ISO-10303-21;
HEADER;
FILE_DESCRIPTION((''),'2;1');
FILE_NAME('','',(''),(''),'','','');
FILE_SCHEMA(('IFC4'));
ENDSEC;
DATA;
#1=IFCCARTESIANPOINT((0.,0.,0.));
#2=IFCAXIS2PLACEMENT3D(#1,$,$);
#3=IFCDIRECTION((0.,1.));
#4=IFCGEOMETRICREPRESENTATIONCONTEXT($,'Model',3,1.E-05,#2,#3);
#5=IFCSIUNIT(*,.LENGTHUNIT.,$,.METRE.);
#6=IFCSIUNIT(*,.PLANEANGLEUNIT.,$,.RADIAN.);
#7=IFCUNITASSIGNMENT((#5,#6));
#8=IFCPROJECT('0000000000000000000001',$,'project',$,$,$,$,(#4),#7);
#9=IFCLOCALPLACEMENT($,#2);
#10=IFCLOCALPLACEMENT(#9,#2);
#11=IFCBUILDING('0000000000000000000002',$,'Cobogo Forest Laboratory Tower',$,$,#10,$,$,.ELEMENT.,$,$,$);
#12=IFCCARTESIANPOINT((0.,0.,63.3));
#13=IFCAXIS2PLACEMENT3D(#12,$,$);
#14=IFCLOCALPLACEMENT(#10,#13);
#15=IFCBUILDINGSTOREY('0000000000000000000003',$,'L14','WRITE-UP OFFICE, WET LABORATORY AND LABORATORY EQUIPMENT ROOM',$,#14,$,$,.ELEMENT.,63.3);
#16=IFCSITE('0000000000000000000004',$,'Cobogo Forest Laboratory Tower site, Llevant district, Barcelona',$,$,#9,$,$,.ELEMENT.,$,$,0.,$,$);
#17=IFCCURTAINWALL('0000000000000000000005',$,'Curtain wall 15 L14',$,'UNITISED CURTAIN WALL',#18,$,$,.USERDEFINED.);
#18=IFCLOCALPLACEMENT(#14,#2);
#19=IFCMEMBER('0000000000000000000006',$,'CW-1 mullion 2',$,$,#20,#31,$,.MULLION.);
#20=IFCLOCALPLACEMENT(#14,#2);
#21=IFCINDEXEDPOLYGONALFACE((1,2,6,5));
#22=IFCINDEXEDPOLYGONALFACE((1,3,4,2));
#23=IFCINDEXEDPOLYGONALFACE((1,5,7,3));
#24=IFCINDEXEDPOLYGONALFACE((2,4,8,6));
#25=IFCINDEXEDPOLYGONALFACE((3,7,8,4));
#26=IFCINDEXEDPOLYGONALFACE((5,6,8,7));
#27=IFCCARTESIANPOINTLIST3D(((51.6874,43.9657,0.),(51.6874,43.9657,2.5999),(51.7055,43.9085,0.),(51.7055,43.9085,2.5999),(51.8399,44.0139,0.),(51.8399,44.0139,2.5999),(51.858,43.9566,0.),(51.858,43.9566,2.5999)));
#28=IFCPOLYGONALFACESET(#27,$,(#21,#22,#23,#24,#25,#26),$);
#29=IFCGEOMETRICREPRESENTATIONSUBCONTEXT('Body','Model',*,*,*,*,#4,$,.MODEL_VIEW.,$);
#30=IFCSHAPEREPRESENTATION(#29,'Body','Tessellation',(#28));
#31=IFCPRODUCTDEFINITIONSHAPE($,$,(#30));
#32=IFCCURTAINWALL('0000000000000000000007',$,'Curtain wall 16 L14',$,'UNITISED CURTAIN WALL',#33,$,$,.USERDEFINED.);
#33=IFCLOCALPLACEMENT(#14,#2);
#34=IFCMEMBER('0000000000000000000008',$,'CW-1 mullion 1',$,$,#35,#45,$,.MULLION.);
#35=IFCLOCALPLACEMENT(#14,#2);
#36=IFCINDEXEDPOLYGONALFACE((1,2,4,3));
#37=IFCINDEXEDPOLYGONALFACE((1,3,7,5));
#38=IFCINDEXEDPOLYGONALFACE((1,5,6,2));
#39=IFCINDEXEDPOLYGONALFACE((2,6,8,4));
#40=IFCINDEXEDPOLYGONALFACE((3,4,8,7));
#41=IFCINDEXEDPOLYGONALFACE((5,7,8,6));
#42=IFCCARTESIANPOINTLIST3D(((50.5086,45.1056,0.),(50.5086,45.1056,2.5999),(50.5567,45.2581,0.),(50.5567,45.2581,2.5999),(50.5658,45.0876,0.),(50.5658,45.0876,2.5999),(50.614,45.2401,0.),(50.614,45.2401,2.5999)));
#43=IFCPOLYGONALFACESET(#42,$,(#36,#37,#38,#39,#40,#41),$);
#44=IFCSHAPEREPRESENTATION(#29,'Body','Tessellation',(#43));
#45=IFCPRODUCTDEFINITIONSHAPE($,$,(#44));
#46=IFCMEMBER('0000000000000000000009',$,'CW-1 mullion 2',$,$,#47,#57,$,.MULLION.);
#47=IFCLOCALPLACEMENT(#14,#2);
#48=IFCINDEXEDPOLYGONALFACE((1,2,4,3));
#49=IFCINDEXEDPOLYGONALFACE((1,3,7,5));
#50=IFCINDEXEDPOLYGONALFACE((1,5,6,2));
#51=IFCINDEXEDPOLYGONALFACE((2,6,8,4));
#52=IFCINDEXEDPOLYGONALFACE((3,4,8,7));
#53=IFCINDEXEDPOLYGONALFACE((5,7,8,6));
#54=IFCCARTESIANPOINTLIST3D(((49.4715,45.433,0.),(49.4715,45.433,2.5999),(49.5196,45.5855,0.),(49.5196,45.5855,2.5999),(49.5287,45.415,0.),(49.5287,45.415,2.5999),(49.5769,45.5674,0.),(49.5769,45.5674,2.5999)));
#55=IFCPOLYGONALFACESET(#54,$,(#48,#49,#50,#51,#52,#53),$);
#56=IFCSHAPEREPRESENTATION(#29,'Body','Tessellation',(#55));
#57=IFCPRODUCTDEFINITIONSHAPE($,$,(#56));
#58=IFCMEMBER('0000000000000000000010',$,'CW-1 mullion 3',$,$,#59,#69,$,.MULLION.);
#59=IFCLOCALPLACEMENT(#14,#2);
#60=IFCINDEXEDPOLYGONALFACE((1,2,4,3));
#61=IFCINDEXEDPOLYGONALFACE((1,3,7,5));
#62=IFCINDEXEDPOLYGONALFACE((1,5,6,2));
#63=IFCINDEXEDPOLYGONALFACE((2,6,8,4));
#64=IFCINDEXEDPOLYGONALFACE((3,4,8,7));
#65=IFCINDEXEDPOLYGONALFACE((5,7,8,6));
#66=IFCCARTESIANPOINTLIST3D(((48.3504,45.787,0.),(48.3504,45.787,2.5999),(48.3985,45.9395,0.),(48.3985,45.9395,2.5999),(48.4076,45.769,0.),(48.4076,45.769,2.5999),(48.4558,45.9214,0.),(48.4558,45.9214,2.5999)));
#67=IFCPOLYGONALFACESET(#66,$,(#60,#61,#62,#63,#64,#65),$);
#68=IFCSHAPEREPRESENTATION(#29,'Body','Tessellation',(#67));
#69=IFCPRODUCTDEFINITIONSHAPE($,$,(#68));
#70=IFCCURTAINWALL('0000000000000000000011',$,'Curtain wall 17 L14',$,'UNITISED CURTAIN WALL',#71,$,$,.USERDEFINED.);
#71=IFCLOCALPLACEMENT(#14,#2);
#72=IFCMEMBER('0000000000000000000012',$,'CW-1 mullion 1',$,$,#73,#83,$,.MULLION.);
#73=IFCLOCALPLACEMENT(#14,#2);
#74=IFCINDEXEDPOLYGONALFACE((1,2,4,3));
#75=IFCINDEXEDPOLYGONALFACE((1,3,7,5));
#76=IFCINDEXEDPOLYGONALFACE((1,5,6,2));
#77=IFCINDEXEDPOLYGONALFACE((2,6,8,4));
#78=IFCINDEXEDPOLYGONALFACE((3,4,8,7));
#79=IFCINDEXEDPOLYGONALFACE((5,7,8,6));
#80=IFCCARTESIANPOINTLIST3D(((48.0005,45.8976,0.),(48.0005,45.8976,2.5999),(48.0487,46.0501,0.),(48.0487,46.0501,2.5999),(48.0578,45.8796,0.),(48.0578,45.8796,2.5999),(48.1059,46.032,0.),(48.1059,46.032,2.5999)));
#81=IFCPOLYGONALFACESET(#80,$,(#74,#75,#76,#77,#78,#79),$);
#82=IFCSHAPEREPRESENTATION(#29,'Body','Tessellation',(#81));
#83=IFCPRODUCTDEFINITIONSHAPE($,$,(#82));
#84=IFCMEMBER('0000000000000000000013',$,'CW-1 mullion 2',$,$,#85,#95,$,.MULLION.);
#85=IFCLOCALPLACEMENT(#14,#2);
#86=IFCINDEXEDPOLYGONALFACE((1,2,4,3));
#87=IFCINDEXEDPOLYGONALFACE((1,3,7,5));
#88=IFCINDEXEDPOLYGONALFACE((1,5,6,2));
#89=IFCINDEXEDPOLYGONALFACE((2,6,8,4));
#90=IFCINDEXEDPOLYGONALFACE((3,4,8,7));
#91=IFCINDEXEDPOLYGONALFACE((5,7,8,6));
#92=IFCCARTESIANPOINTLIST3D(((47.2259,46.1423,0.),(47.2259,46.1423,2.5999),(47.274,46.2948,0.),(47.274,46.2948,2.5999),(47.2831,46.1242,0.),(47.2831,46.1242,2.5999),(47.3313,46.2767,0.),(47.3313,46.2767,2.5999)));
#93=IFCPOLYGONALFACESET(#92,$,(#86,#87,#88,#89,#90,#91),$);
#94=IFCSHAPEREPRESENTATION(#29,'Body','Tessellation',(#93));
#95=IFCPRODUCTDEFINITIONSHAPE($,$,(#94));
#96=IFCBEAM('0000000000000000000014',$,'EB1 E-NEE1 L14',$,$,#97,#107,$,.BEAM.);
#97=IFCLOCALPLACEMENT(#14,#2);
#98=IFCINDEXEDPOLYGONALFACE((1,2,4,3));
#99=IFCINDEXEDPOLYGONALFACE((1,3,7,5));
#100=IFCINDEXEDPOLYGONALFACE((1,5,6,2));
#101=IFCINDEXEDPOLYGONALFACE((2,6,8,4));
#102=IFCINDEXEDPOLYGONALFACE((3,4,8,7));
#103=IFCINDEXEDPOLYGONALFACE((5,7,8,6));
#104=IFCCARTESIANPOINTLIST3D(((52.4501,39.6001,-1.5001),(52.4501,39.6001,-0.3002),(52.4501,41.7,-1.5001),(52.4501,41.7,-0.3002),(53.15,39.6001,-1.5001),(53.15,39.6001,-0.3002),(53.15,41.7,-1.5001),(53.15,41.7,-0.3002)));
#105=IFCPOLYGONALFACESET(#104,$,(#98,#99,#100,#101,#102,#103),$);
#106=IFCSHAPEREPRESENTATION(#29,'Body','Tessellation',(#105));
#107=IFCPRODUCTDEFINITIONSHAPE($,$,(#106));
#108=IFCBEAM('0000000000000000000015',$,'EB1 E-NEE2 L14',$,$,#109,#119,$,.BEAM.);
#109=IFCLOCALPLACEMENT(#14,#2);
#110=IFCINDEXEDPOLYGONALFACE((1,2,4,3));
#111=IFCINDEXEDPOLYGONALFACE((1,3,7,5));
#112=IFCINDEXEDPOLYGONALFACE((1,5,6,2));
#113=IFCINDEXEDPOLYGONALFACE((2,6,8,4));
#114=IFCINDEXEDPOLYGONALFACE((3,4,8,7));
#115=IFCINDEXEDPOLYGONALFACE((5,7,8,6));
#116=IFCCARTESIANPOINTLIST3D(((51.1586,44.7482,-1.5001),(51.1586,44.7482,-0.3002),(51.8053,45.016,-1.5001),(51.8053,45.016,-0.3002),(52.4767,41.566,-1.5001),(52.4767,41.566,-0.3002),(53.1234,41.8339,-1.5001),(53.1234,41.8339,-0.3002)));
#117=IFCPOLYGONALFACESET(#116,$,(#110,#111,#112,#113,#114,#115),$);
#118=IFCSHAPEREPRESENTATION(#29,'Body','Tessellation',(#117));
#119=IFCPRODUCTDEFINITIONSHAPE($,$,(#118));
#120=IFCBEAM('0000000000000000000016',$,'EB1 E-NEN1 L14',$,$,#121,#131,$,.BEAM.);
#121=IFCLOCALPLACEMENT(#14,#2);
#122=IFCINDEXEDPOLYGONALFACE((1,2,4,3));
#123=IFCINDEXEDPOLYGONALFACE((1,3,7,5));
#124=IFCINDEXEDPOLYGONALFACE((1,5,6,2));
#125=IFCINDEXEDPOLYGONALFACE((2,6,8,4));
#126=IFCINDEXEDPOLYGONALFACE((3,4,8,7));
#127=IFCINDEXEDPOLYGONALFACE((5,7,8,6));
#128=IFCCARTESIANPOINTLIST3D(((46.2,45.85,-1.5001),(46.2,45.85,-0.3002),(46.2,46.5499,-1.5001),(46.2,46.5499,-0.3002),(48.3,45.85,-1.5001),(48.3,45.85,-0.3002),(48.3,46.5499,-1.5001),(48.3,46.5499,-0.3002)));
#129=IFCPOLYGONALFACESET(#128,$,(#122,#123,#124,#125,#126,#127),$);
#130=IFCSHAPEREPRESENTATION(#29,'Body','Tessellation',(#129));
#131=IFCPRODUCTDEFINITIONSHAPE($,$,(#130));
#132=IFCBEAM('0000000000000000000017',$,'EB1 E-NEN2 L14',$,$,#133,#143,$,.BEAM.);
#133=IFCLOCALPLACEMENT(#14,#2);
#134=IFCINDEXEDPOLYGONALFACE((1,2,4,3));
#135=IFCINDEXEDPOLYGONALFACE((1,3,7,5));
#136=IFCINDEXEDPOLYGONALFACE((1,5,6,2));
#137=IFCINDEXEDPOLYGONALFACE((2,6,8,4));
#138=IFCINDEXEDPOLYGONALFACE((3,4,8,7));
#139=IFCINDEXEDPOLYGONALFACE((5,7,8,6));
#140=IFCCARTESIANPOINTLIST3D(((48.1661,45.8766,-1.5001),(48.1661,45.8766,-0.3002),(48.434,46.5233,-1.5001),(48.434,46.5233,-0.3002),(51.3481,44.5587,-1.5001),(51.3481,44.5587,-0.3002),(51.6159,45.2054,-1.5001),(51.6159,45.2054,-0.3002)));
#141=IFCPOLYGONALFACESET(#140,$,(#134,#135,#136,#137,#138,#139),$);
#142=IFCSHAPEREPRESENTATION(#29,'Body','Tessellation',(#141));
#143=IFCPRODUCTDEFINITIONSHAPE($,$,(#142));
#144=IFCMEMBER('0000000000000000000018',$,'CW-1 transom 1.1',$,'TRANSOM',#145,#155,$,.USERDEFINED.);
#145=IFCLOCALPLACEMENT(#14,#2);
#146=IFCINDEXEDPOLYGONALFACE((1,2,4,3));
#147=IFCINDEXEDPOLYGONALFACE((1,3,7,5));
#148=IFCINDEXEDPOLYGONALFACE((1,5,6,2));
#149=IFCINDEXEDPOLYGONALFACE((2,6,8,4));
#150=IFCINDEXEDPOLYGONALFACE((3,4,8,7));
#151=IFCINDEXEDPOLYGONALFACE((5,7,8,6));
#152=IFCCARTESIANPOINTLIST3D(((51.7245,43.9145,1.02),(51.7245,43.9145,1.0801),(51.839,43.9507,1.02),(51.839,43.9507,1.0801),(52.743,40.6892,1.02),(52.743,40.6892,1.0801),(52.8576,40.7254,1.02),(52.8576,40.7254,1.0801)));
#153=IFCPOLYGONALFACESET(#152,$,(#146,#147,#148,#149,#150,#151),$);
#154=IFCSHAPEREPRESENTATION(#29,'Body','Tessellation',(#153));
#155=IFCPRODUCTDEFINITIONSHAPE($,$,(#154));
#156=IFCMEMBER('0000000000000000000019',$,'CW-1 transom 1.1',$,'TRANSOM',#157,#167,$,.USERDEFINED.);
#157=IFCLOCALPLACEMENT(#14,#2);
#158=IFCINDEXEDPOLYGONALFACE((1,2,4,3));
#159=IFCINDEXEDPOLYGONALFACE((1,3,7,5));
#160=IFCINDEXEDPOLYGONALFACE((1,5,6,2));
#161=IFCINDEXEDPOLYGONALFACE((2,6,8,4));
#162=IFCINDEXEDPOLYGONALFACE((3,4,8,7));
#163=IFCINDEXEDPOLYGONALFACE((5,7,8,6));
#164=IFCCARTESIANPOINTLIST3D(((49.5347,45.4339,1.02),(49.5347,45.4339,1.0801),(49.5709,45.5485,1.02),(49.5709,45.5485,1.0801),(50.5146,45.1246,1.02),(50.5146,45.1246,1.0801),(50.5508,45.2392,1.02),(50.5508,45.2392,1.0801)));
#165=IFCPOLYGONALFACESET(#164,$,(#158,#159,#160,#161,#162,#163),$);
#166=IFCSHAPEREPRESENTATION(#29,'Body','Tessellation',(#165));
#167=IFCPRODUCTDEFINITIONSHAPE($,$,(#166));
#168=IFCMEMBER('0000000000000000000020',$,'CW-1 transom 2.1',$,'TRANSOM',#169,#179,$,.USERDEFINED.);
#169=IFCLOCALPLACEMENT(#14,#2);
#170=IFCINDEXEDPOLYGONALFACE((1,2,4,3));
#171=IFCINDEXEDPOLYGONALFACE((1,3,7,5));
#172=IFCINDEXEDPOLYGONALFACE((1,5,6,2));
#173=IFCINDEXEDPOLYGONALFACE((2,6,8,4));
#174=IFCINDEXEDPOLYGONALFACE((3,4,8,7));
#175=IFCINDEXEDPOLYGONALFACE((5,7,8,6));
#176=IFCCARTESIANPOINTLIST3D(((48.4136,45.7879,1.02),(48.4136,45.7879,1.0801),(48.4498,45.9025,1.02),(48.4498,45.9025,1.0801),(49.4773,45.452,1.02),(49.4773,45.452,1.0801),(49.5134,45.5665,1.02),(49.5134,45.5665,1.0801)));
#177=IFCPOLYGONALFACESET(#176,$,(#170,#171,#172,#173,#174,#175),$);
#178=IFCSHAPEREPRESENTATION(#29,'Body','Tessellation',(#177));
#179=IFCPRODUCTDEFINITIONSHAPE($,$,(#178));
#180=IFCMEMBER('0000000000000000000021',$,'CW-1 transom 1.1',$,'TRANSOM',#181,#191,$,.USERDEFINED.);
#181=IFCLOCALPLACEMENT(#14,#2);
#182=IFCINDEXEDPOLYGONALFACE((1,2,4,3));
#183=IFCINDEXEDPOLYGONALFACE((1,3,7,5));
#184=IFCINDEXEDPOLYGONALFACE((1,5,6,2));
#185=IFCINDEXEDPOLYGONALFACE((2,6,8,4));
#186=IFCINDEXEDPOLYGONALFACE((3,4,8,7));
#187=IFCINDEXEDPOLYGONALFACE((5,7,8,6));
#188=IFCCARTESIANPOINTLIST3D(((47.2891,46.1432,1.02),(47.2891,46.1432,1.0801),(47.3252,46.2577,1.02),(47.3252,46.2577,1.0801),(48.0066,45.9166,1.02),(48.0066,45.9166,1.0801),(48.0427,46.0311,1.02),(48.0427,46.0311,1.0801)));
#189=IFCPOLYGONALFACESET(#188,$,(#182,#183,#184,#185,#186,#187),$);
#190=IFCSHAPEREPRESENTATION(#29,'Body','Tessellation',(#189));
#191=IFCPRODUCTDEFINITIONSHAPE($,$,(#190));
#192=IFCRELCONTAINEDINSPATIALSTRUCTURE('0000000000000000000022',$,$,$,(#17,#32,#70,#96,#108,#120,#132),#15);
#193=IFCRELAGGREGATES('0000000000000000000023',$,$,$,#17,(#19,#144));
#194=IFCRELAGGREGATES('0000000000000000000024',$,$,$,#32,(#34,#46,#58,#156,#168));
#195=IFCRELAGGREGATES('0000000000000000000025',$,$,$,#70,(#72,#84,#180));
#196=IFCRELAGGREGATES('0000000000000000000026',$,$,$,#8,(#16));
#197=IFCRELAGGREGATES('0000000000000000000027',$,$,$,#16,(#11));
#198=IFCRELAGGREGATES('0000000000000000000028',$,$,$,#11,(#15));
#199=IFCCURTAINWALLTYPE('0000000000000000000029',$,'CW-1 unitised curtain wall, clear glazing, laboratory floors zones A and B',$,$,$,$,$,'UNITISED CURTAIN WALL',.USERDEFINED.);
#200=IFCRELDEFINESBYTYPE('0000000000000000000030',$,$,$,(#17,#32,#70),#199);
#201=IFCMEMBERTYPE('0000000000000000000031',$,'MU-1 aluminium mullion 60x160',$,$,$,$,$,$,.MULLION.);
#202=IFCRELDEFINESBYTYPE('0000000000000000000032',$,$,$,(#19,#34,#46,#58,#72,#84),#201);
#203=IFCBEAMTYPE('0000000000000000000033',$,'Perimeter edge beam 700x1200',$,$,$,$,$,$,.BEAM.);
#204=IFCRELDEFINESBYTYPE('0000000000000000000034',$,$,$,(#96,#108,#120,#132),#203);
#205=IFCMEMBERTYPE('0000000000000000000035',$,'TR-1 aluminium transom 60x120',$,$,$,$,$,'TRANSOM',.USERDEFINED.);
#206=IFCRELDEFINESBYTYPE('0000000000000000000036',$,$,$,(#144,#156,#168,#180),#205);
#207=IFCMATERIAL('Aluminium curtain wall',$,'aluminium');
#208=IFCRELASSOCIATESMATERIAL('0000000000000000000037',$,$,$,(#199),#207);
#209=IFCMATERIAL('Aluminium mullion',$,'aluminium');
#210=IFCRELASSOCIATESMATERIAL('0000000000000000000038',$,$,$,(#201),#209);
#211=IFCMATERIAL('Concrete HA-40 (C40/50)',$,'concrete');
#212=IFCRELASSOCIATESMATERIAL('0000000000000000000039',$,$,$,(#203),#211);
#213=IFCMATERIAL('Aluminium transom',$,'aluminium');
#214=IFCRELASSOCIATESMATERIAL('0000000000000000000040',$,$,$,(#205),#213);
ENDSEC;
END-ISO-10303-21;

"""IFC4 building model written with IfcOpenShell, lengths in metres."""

from ifc_helpers import new_model, si_unit, direction, frame, origin, origin_2d, place, context, subcontext, project, spatial, rectangle, extrude, material, material_profile, profile_set, type_object, element, aggregate, save


model = new_model("IFC4")

# Units and contexts
model_context = context("Model", 3, precision=1e-05, world=origin(), true_north=direction((0.0, 1.0)))
body_context = subcontext(model_context, "Body", "Model", "MODEL_VIEW")
ifc_project = project(units=[si_unit("LENGTHUNIT", "METRE"), si_unit("PLANEANGLEUNIT", "RADIAN")], contexts=[model_context])

# Site, building, storey
site_placement = place(None, origin())
site = spatial("IfcSite", under=ifc_project, at=site_placement, Name="Cobogo Forest Laboratory Tower site, Llevant district, Barcelona", CompositionType="ELEMENT", RefElevation=0.0)
building_placement = place(site_placement, origin())
building = spatial("IfcBuilding", under=site, at=building_placement, Name="Cobogo Forest Laboratory Tower", CompositionType="ELEMENT")
storey_placement = place(building_placement, frame((0.0, 0.0, 63.3)))
storey = spatial("IfcBuildingStorey", under=building, at=storey_placement, Name="L14", Description="WRITE-UP OFFICE, WET LABORATORY AND LABORATORY EQUIPMENT ROOM", CompositionType="ELEMENT", Elevation=63.3)

# Shared definitions
ifc_material_1 = material(Name="Concrete HA-40 (C40/50)", Category="concrete")

# Curtain walls, members
ifc_material_2 = material(Name="Aluminium curtain wall", Category="aluminium")
curtain_wall_type = type_object("IfcCurtainWallType", Name="CW-1 unitised curtain wall, clear glazing, laboratory floors zones A and B", ElementType="UNITISED CURTAIN WALL", PredefinedType="USERDEFINED", material=ifc_material_2)
curtain_wall_1_placement = place(storey_placement, origin())
curtain_wall_1 = element("IfcCurtainWall", 1, at=curtain_wall_1_placement, inside=storey, type_object=curtain_wall_type, Name="Curtain wall 15 L14", ObjectType="UNITISED CURTAIN WALL", PredefinedType="USERDEFINED")
ifc_material_3 = material(Name="Aluminium mullion", Category="aluminium")
ifc_material_profile_1 = material_profile(ifc_material_3, rectangle(XDim=0.0601, YDim=0.1599, at=origin_2d()), Name="AL 60x160")
ifc_profile_set_1 = profile_set([ifc_material_profile_1], Name="Aluminium mullion")
member_type_1 = type_object("IfcMemberType", Name="MU-1 aluminium mullion 60x160", PredefinedType="MULLION", material=ifc_profile_set_1)
member_1_placement = place(storey_placement, frame((51.7727, 43.9612, 0.0), z_axis=(0.0, 0.0, 1.0), x_axis=(-0.301135, 0.953581, 0.0)))
member_1 = element("IfcMember", 2, at=member_1_placement, type_object=member_type_1, Name="CW-1 mullion 2", PredefinedType="MULLION", context=body_context, shape_type="SweptSolid", body=[
    extrude(rectangle(XDim=0.0601, YDim=0.1599, at=origin_2d()), origin(), (0.0, 0.0, 1.0), 2.5999),
])
curtain_wall_2_placement = place(storey_placement, origin())
curtain_wall_2 = element("IfcCurtainWall", 3, at=curtain_wall_2_placement, inside=storey, type_object=curtain_wall_type, Name="Curtain wall 16 L14", ObjectType="UNITISED CURTAIN WALL", PredefinedType="USERDEFINED")
member_2_placement = place(storey_placement, frame((50.5613, 45.1729, 0.0), z_axis=(0.0, 0.0, 1.0), x_axis=(-0.953581, 0.301135, 0.0)))
member_2 = element("IfcMember", 4, at=member_2_placement, type_object=member_type_1, Name="CW-1 mullion 1", PredefinedType="MULLION", context=body_context, shape_type="SweptSolid", body=[
    extrude(rectangle(XDim=0.0601, YDim=0.1599, at=origin_2d()), origin(), (0.0, 0.0, 1.0), 2.5999),
])
member_3_placement = place(storey_placement, frame((49.5242, 45.5002, 0.0), z_axis=(0.0, 0.0, 1.0), x_axis=(-0.953581, 0.301135, 0.0)))
member_3 = element("IfcMember", 5, at=member_3_placement, type_object=member_type_1, Name="CW-1 mullion 2", PredefinedType="MULLION", context=body_context, shape_type="SweptSolid", body=[
    extrude(rectangle(XDim=0.0601, YDim=0.1599, at=origin_2d()), origin(), (0.0, 0.0, 1.0), 2.5999),
])
member_4_placement = place(storey_placement, frame((48.4031, 45.8542, 0.0), z_axis=(0.0, 0.0, 1.0), x_axis=(-0.953581, 0.301135, 0.0)))
member_4 = element("IfcMember", 6, at=member_4_placement, type_object=member_type_1, Name="CW-1 mullion 3", PredefinedType="MULLION", context=body_context, shape_type="SweptSolid", body=[
    extrude(rectangle(XDim=0.0601, YDim=0.1599, at=origin_2d()), origin(), (0.0, 0.0, 1.0), 2.5999),
])
curtain_wall_3_placement = place(storey_placement, origin())
curtain_wall_3 = element("IfcCurtainWall", 7, at=curtain_wall_3_placement, inside=storey, type_object=curtain_wall_type, Name="Curtain wall 17 L14", ObjectType="UNITISED CURTAIN WALL", PredefinedType="USERDEFINED")
member_5_placement = place(storey_placement, frame((48.0532, 45.9648, 0.0), z_axis=(0.0, 0.0, 1.0), x_axis=(-0.953582, 0.301135, 0.0)))
member_5 = element("IfcMember", 8, at=member_5_placement, type_object=member_type_1, Name="CW-1 mullion 1", PredefinedType="MULLION", context=body_context, shape_type="SweptSolid", body=[
    extrude(rectangle(XDim=0.0601, YDim=0.1599, at=origin_2d()), origin(), (0.0, 0.0, 1.0), 2.5999),
])
member_6_placement = place(storey_placement, frame((47.2786, 46.2095, 0.0), z_axis=(0.0, 0.0, 1.0), x_axis=(-0.953582, 0.301135, 0.0)))
member_6 = element("IfcMember", 9, at=member_6_placement, type_object=member_type_1, Name="CW-1 mullion 2", PredefinedType="MULLION", context=body_context, shape_type="SweptSolid", body=[
    extrude(rectangle(XDim=0.0601, YDim=0.1599, at=origin_2d()), origin(), (0.0, 0.0, 1.0), 2.5999),
])

# Beams
ifc_material_profile_2 = material_profile(ifc_material_1, rectangle(XDim=0.7, YDim=1.2, at=origin_2d()), Name="RC 700x1200")
ifc_profile_set_2 = profile_set([ifc_material_profile_2], Name="Concrete HA-40 (C40/50)")
beam_type_1 = type_object("IfcBeamType", Name="Perimeter edge beam 700x1200", PredefinedType="BEAM", material=ifc_profile_set_2)
beam_1_placement = place(storey_placement, frame((52.8, 39.6001, -0.9001), z_axis=(0.0, 1.0, 0.0), x_axis=(-1.0, 0.0, 0.0)))
element("IfcBeam", 10, at=beam_1_placement, inside=storey, type_object=beam_type_1, Name="EB1 E-NEE1 L14", PredefinedType="BEAM", context=body_context, shape_type="SweptSolid", body=[
    extrude(rectangle(XDim=0.7, YDim=1.2, at=origin_2d()), origin(), (0.0, 0.0, 1.0), 2.0999),
])
beam_2_placement = place(storey_placement, frame((52.8, 41.7, -0.9001), z_axis=(-0.382692, 0.923876, 0.0), x_axis=(-0.923876, -0.382692, 0.0)))
element("IfcBeam", 11, at=beam_2_placement, inside=storey, type_object=beam_type_1, Name="EB1 E-NEE2 L14", PredefinedType="BEAM", context=body_context, shape_type="SweptSolid", body=[
    extrude(rectangle(XDim=0.7, YDim=1.2, at=origin_2d()), origin(), (0.0, 0.0, 1.0), 3.4443),
])
beam_3_placement = place(storey_placement, frame((46.2, 46.2, -0.9001), z_axis=(1.0, 0.0, 0.0), x_axis=(0.0, 1.0, 0.0)))
element("IfcBeam", 12, at=beam_3_placement, inside=storey, type_object=beam_type_1, Name="EB1 E-NEN1 L14", PredefinedType="BEAM", context=body_context, shape_type="SweptSolid", body=[
    extrude(rectangle(XDim=0.7, YDim=1.2, at=origin_2d()), origin(), (0.0, 0.0, 1.0), 2.1001),
])
beam_4_placement = place(storey_placement, frame((48.3, 46.2, -0.9001), z_axis=(0.923891, -0.382656, 0.0), x_axis=(0.382656, 0.923891, 0.0)))
element("IfcBeam", 13, at=beam_4_placement, inside=storey, type_object=beam_type_1, Name="EB1 E-NEN2 L14", PredefinedType="BEAM", context=body_context, shape_type="SweptSolid", body=[
    extrude(rectangle(XDim=0.7, YDim=1.2, at=origin_2d()), origin(), (0.0, 0.0, 1.0), 3.4441),
])

# Members
ifc_material_4 = material(Name="Aluminium transom", Category="aluminium")
ifc_material_profile_3 = material_profile(ifc_material_4, rectangle(XDim=0.1201, YDim=0.0601, at=origin_2d()), Name="AL 60x120")
ifc_profile_set_3 = profile_set([ifc_material_profile_3], Name="Aluminium transom")
member_type_2 = type_object("IfcMemberType", Name="TR-1 aluminium transom 60x120", ElementType="TRANSOM", PredefinedType="USERDEFINED", material=ifc_profile_set_3)
member_7_placement = place(storey_placement, frame((52.8003, 40.7073, 1.05), z_axis=(-0.301138, 0.95358, 0.0), x_axis=(-0.95358, -0.301138, 0.0)))
member_7 = element("IfcMember", 14, at=member_7_placement, type_object=member_type_2, Name="CW-1 transom 1.1", ObjectType="TRANSOM", PredefinedType="USERDEFINED", context=body_context, shape_type="SweptSolid", body=[
    extrude(rectangle(XDim=0.1201, YDim=0.0601, at=origin_2d()), origin(), (0.0, 0.0, 1.0), 3.3823),
])
member_8_placement = place(storey_placement, frame((50.5327, 45.1819, 1.05), z_axis=(-0.953622, 0.301006, 0.0), x_axis=(-0.301006, -0.953622, 0.0)))
member_8 = element("IfcMember", 15, at=member_8_placement, type_object=member_type_2, Name="CW-1 transom 1.1", ObjectType="TRANSOM", PredefinedType="USERDEFINED", context=body_context, shape_type="SweptSolid", body=[
    extrude(rectangle(XDim=0.1201, YDim=0.0601, at=origin_2d()), origin(), (0.0, 0.0, 1.0), 1.0276),
])
member_9_placement = place(storey_placement, frame((49.4954, 45.5093, 1.05), z_axis=(-0.953576, 0.301152, 0.0), x_axis=(-0.301152, -0.953576, 0.0)))
member_9 = element("IfcMember", 16, at=member_9_placement, type_object=member_type_2, Name="CW-1 transom 2.1", ObjectType="TRANSOM", PredefinedType="USERDEFINED", context=body_context, shape_type="SweptSolid", body=[
    extrude(rectangle(XDim=0.1201, YDim=0.0601, at=origin_2d()), origin(), (0.0, 0.0, 1.0), 1.1155),
])
member_10_placement = place(storey_placement, frame((48.0247, 45.9739, 1.05), z_axis=(-0.953592, 0.3011, 0.0), x_axis=(-0.3011, -0.953592, 0.0)))
member_10 = element("IfcMember", 17, at=member_10_placement, type_object=member_type_2, Name="CW-1 transom 1.1", ObjectType="TRANSOM", PredefinedType="USERDEFINED", context=body_context, shape_type="SweptSolid", body=[
    extrude(rectangle(XDim=0.1201, YDim=0.0601, at=origin_2d()), origin(), (0.0, 0.0, 1.0), 0.7524),
])

aggregate(curtain_wall_1, [member_1, member_7])
aggregate(curtain_wall_2, [member_2, member_3, member_4, member_8, member_9])
aggregate(curtain_wall_3, [member_5, member_6, member_10])

save(model, "model.ifc")
